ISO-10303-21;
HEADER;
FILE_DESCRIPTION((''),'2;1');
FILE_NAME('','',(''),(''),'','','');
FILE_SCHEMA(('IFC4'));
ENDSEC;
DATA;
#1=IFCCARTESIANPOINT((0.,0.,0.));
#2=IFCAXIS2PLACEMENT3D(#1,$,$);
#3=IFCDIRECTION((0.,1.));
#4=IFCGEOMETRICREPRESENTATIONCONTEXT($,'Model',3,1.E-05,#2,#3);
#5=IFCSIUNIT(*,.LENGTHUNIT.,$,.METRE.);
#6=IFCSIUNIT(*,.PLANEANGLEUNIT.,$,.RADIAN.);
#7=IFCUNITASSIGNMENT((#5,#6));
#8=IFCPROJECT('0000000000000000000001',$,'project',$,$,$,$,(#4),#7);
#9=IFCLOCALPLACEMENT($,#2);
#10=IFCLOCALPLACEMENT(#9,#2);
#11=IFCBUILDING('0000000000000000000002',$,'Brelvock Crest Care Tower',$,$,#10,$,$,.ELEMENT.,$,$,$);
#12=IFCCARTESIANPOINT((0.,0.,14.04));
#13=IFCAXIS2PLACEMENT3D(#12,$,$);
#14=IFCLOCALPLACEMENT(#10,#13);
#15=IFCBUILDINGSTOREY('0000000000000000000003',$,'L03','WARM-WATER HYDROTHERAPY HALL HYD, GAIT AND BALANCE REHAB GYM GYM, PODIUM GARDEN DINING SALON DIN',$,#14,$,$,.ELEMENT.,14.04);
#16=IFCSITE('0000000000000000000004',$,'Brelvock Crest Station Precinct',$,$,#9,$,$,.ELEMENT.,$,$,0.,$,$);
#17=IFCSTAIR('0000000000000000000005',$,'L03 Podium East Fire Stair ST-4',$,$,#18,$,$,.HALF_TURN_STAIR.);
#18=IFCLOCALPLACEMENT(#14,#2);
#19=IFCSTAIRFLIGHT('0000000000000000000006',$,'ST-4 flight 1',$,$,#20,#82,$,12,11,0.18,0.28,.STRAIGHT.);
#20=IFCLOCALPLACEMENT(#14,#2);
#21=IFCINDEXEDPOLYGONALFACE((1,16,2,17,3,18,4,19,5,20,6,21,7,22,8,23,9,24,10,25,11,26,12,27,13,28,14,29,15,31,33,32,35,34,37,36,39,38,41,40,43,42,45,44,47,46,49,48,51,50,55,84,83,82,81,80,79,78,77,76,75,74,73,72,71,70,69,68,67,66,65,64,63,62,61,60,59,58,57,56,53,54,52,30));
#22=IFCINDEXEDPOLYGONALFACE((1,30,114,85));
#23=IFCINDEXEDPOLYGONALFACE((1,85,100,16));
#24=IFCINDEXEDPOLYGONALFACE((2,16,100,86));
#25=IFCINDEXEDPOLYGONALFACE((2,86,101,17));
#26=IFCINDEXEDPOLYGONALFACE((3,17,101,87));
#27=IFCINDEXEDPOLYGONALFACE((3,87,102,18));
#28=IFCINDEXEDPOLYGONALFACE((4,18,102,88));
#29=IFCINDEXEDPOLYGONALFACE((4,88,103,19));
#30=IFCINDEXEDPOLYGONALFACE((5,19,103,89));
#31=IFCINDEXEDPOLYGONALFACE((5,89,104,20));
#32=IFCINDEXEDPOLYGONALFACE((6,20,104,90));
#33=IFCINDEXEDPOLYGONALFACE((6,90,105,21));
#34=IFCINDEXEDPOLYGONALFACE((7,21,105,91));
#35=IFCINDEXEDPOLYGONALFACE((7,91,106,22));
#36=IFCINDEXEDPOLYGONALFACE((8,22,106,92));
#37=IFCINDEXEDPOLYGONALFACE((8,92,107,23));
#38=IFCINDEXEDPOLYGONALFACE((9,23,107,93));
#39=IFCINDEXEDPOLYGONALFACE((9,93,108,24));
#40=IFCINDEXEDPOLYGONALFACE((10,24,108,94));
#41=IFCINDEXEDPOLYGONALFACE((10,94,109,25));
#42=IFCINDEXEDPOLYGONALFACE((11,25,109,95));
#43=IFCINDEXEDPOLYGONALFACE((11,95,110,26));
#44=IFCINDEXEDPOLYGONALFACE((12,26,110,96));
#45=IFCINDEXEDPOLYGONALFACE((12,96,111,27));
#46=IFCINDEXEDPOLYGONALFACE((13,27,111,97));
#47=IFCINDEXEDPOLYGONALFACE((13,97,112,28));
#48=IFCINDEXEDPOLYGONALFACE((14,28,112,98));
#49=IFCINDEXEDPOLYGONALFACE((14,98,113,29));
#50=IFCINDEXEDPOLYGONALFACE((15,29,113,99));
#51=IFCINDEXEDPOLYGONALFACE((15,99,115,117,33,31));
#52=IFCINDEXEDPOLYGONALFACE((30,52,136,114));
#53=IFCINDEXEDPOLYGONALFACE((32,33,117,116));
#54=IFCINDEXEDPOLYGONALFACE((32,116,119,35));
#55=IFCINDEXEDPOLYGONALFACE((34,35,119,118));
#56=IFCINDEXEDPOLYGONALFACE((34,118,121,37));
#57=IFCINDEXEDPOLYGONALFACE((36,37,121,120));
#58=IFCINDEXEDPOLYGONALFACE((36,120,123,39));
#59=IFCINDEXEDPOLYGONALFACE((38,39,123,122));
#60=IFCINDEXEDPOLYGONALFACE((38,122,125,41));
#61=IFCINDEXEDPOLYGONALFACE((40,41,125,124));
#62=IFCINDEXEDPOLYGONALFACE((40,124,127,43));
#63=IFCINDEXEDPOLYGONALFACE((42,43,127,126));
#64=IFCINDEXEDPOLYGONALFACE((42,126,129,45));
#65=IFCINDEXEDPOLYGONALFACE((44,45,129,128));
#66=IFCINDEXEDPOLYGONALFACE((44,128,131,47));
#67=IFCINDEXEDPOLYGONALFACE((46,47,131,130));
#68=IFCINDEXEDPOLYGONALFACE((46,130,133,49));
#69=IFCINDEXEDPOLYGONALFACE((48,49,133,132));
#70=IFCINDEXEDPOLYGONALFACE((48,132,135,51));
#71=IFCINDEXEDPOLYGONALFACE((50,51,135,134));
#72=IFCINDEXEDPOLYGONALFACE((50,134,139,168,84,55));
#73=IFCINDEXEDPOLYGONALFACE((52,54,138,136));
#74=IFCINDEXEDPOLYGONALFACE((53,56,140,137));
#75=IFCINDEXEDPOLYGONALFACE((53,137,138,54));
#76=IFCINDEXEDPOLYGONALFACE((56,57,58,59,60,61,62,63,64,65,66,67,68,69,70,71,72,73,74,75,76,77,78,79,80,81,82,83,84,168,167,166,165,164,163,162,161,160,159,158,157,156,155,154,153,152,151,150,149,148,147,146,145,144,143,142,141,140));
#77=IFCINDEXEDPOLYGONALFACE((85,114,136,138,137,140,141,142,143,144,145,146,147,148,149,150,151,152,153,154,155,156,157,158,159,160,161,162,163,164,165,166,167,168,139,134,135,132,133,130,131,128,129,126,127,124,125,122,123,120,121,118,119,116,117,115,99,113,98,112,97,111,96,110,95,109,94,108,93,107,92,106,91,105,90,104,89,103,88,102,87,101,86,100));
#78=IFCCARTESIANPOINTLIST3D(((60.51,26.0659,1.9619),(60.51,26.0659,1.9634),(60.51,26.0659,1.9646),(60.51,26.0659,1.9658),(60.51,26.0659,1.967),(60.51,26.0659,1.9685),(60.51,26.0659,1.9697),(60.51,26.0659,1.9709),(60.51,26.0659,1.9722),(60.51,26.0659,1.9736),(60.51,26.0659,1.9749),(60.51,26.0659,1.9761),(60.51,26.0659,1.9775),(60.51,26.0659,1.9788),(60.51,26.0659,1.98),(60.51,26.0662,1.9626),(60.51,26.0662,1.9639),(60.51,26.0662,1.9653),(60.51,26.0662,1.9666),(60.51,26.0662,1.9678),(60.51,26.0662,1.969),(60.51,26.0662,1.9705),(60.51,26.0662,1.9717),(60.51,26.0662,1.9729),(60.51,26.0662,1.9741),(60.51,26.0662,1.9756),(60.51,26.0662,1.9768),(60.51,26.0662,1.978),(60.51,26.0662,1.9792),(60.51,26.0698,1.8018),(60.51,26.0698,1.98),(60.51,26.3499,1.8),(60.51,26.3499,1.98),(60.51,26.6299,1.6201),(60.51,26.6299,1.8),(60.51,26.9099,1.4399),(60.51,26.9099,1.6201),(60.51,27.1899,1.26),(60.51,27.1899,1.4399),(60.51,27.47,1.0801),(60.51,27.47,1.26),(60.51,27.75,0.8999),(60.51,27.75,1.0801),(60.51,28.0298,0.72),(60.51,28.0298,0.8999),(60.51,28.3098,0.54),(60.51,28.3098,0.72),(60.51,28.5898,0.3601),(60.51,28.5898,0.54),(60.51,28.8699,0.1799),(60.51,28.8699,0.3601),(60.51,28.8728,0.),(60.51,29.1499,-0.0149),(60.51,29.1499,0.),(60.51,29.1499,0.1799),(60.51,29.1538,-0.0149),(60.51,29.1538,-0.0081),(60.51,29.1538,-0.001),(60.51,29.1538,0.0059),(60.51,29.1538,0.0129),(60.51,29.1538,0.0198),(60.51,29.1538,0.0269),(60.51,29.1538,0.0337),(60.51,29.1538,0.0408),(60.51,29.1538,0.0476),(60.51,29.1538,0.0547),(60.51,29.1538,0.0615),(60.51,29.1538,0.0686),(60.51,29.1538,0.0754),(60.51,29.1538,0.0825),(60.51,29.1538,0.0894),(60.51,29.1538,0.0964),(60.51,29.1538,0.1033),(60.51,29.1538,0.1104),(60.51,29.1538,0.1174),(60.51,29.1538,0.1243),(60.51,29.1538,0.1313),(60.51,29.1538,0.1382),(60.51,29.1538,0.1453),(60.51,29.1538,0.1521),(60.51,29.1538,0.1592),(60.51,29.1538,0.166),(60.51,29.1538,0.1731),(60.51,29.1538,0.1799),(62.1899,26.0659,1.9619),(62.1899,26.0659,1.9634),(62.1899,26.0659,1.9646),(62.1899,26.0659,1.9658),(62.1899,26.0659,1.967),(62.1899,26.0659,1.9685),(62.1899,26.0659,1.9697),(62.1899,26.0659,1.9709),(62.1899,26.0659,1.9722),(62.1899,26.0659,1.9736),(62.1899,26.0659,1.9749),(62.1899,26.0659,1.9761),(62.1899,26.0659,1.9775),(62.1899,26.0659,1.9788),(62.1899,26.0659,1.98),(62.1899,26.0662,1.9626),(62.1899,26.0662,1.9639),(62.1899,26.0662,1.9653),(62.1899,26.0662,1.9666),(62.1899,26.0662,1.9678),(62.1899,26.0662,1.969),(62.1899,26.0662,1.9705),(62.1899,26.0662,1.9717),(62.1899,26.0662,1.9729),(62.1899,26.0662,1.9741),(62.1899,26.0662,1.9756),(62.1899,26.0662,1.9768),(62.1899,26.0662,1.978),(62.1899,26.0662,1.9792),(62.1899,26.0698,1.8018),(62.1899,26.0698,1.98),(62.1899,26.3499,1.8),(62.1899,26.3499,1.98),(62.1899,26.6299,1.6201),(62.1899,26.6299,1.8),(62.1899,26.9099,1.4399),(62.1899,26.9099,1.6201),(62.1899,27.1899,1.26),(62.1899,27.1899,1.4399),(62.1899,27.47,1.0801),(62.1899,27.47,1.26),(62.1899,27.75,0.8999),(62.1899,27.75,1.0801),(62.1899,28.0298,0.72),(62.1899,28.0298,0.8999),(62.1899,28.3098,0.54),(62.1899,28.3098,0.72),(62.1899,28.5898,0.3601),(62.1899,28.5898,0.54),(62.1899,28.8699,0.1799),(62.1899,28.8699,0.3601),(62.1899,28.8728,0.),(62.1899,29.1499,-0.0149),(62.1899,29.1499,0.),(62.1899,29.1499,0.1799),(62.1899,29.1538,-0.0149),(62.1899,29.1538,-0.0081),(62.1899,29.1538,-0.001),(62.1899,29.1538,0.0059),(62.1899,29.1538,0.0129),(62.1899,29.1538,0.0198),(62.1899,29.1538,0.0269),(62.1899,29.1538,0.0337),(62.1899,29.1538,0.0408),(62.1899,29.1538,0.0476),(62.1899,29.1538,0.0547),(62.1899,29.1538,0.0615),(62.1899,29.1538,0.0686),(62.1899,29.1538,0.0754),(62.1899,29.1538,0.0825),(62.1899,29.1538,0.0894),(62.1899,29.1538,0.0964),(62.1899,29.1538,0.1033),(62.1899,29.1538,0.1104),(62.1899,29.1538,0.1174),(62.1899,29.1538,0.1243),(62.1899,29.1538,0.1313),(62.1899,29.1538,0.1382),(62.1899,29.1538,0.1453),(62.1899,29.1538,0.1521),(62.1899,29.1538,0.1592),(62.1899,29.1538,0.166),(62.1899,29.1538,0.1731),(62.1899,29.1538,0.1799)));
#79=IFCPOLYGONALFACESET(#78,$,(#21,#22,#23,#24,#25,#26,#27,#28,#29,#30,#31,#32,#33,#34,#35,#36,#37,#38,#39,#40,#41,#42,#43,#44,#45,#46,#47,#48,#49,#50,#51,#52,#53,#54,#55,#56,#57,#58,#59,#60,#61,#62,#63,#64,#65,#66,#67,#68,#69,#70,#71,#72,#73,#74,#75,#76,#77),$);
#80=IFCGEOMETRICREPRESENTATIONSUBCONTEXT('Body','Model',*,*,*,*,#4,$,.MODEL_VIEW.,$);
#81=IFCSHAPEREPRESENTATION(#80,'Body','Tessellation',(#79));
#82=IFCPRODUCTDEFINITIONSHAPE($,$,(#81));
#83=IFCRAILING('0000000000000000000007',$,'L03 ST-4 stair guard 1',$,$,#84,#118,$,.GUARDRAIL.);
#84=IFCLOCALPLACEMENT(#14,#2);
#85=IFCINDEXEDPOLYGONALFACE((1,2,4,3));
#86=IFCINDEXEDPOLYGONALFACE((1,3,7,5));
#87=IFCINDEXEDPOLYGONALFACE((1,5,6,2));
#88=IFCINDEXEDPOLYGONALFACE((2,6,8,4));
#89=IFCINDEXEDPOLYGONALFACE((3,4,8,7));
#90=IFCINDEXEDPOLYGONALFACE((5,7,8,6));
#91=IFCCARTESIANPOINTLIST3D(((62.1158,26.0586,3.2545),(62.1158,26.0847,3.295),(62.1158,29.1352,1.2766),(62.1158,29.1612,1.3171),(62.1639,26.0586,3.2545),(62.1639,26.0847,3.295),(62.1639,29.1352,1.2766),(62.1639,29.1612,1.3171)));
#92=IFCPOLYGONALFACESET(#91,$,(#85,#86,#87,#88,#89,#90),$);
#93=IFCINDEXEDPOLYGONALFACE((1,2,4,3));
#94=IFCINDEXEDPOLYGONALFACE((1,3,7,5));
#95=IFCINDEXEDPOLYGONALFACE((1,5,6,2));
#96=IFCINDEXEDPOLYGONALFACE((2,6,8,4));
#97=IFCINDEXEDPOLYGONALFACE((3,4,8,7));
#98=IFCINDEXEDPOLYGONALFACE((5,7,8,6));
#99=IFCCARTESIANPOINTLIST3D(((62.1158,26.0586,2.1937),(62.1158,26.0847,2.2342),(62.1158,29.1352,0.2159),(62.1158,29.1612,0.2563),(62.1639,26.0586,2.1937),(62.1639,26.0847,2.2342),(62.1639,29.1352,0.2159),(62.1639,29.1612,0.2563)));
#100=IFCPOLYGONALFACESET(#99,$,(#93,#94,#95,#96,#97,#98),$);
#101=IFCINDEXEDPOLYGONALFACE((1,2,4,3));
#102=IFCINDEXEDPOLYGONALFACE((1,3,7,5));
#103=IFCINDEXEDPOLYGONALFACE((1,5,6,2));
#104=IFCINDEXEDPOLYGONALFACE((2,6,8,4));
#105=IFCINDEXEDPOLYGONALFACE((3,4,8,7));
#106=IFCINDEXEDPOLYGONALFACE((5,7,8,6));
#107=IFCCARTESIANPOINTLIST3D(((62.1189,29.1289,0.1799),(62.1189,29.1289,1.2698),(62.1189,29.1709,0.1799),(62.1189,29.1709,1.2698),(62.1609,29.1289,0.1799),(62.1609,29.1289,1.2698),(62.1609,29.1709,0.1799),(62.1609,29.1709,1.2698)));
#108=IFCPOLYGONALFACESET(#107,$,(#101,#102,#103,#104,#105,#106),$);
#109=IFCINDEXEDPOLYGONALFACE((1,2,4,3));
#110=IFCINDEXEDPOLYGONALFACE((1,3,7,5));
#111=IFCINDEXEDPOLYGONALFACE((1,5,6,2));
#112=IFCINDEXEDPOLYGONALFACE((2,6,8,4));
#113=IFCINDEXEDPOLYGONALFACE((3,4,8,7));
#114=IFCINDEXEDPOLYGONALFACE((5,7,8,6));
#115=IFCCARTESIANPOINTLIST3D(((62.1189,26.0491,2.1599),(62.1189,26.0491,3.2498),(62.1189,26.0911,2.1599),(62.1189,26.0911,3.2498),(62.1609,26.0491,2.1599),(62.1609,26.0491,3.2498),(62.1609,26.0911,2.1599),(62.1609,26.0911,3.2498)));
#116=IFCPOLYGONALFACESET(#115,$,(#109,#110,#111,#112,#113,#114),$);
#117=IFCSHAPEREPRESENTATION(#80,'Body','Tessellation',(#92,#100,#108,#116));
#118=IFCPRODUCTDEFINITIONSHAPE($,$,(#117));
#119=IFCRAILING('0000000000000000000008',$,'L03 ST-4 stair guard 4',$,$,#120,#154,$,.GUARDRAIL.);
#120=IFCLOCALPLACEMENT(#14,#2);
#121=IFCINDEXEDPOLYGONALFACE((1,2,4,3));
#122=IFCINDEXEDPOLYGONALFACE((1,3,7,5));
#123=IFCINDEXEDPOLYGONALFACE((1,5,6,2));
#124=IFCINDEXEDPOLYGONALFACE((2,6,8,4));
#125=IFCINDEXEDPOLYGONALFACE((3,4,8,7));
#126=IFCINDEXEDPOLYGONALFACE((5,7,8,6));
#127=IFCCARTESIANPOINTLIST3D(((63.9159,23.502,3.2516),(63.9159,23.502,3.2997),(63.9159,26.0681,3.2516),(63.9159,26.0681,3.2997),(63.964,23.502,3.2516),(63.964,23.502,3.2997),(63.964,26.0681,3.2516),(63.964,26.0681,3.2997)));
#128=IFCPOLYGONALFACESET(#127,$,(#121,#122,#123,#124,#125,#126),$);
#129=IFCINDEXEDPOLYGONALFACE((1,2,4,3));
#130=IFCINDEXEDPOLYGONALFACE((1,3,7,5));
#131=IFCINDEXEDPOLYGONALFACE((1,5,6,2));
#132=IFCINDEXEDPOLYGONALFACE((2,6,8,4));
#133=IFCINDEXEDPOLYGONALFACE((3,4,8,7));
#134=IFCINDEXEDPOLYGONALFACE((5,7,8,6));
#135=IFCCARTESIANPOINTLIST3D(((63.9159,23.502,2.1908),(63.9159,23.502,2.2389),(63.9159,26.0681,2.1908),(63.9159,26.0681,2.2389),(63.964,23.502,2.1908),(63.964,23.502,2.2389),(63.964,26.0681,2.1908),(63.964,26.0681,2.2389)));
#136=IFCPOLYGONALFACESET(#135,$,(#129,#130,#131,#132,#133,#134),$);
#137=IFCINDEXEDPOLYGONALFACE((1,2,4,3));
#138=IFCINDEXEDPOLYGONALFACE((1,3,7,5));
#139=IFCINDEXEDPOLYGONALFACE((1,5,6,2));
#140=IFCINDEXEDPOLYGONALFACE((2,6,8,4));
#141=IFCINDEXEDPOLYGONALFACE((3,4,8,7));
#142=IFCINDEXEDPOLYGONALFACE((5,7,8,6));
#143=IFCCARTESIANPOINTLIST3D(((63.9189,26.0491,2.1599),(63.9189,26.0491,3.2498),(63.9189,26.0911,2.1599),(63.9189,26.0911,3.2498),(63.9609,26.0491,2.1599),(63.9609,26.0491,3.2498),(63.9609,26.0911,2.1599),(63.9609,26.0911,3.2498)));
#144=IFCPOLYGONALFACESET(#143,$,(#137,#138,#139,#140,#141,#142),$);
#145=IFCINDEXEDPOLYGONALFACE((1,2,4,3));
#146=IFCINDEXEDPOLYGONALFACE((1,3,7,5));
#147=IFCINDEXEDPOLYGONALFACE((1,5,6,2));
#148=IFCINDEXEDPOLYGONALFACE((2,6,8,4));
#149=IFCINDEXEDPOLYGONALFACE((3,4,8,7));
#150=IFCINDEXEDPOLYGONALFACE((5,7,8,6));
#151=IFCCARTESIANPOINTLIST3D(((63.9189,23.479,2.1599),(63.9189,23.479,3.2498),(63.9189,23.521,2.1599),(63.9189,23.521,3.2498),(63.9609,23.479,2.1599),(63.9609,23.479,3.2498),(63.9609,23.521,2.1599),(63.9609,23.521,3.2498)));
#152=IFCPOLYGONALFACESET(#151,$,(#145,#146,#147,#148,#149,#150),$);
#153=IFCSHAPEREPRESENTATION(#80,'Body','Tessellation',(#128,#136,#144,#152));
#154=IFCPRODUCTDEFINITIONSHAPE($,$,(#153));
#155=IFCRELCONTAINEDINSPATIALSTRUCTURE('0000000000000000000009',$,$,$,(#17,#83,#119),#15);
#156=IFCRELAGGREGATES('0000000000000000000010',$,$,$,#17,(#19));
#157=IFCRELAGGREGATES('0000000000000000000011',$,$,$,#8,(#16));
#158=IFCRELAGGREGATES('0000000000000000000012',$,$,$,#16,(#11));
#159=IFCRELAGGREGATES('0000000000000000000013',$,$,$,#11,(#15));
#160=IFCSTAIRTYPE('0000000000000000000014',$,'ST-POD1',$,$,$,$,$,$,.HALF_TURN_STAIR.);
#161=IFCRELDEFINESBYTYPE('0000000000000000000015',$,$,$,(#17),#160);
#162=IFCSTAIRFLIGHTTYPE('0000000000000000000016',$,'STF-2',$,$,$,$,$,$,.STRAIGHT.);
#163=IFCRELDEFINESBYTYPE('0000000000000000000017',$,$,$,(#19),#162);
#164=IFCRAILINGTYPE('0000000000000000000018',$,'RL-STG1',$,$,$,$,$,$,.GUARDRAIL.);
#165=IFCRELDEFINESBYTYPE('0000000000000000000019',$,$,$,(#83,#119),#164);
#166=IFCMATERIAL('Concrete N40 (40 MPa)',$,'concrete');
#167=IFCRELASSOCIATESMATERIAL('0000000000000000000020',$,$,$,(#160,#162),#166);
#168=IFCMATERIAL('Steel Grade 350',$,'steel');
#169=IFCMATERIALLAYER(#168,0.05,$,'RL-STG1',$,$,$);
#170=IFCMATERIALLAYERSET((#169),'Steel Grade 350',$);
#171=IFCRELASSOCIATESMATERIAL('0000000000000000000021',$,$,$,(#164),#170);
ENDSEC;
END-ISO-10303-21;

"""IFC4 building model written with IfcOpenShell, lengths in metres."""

from ifc_helpers import new_model, si_unit, direction, frame, origin, origin_2d, place, context, subcontext, project, spatial, polyline, rectangle, outline, extrude, material, layer, layer_set, type_object, element, aggregate, save


model = new_model("IFC4")

# Units and contexts
model_context = context("Model", 3, precision=1e-05, world=origin(), true_north=direction((0.0, 1.0)))
body_context = subcontext(model_context, "Body", "Model", "MODEL_VIEW")
ifc_project = project(units=[si_unit("LENGTHUNIT", "METRE"), si_unit("PLANEANGLEUNIT", "RADIAN")], contexts=[model_context])

# Site, building, storey
site_placement = place(None, origin())
site = spatial("IfcSite", under=ifc_project, at=site_placement, Name="Brelvock Crest Station Precinct", CompositionType="ELEMENT", RefElevation=0.0)
building_placement = place(site_placement, origin())
building = spatial("IfcBuilding", under=site, at=building_placement, Name="Brelvock Crest Care Tower", CompositionType="ELEMENT")
storey_placement = place(building_placement, frame((0.0, 0.0, 14.04)))
storey = spatial("IfcBuildingStorey", under=building, at=storey_placement, Name="L03", Description="WARM-WATER HYDROTHERAPY HALL HYD, GAIT AND BALANCE REHAB GYM GYM, PODIUM GARDEN DINING SALON DIN", CompositionType="ELEMENT", Elevation=14.04)

# Shared definitions
ifc_material_1 = material(Name="Steel Grade 350", Category="steel")

# Stair, stair flight
ifc_material_2 = material(Name="Concrete N40 (40 MPa)", Category="concrete")
stair_type = type_object("IfcStairType", Name="ST-POD1", PredefinedType="HALF_TURN_STAIR", material=ifc_material_2)
stair_placement = place(storey_placement, origin())
stair = element("IfcStair", 1, at=stair_placement, inside=storey, type_object=stair_type, Name="L03 Podium East Fire Stair ST-4", PredefinedType="HALF_TURN_STAIR")
stair_flight_type = type_object("IfcStairFlightType", Name="STF-2", PredefinedType="STRAIGHT", material=ifc_material_2)
stair_flight_placement = place(storey_placement, frame((61.3501, 29.1499, 0.0), z_axis=(0.0, 0.0, 1.0), x_axis=(0.0, -1.0, 0.0)))
stair_flight = element("IfcStairFlight", 2, at=stair_flight_placement, type_object=stair_flight_type, Name="ST-4 flight 1", NumberOfRisers=12, NumberOfTreads=11, PredefinedType="STRAIGHT", RiserHeight=0.18, TreadLength=0.28, context=body_context, shape_type="SweptSolid", body=[
    extrude(outline(polyline([(-0.0039, -0.0149), (-0.0039, -0.0081), (-0.0039, -0.001), (-0.0039, 0.0059), (-0.0039, 0.0129), (-0.0039, 0.0198), (-0.0039, 0.0269), (-0.0039, 0.0337), (-0.0039, 0.0408), (-0.0039, 0.0476), (-0.0039, 0.0547), (-0.0039, 0.0615), (-0.0039, 0.0686), (-0.0039, 0.0754), (-0.0039, 0.0825), (-0.0039, 0.0894), (-0.0039, 0.0964), (-0.0039, 0.1033), (-0.0039, 0.1104), (-0.0039, 0.1174), (-0.0039, 0.1243), (-0.0039, 0.1313), (-0.0039, 0.1382), (-0.0039, 0.1453), (-0.0039, 0.1521), (-0.0039, 0.1592), (-0.0039, 0.166), (-0.0039, 0.1731), (-0.0039, 0.1799), (0.0, 0.1799), (0.28, 0.1799), (0.28, 0.3601), (0.5601, 0.3601), (0.5601, 0.54), (0.8401, 0.54), (0.8401, 0.72), (1.1201, 0.72), (1.1201, 0.8999), (1.3999, 0.8999), (1.3999, 1.0801), (1.6799, 1.0801), (1.6799, 1.26), (1.96, 1.26), (1.96, 1.4399), (2.24, 1.4399), (2.24, 1.6201), (2.52, 1.6201), (2.52, 1.8), (2.8, 1.8), (2.8, 1.98), (3.0801, 1.98), (3.084, 1.98), (3.0837, 1.9792), (3.084, 1.9788), (3.0837, 1.978), (3.084, 1.9775), (3.0837, 1.9768), (3.084, 1.9761), (3.0837, 1.9756), (3.084, 1.9749), (3.0837, 1.9741), (3.084, 1.9736), (3.0837, 1.9729), (3.084, 1.9722), (3.0837, 1.9717), (3.084, 1.9709), (3.0837, 1.9705), (3.084, 1.9697), (3.0837, 1.969), (3.084, 1.9685), (3.0837, 1.9678), (3.084, 1.967), (3.0837, 1.9666), (3.084, 1.9658), (3.0837, 1.9653), (3.084, 1.9646), (3.0837, 1.9639), (3.084, 1.9634), (3.0837, 1.9626), (3.084, 1.9619), (3.0801, 1.8018), (0.2771, 0.0), (0.0, 0.0), (0.0, -0.0149), (-0.0039, -0.0149)])), frame((0.0, 0.8398, 0.0), z_axis=(0.0, -1.0, 0.0), x_axis=(1.0, 0.0, 0.0)), (0.0, 0.0, 1.0), 1.6799),
])
aggregate(stair, [stair_flight])

# Railings
ifc_layer_1 = layer(ifc_material_1, 0.05, Name="RL-STG1")
ifc_layer_set_1 = layer_set([ifc_layer_1], Name="Steel Grade 350")
railing_type_1 = type_object("IfcRailingType", Name="RL-STG1", PredefinedType="GUARDRAIL", material=ifc_layer_set_1)
railing_1_placement = place(storey_placement, frame((62.1399, 29.1499, 0.1799)))
element("IfcRailing", 3, at=railing_1_placement, inside=storey, type_object=railing_type_1, Name="L03 ST-4 stair guard 1", PredefinedType="GUARDRAIL", context=body_context, shape_type="SweptSolid", body=[
    extrude(rectangle(XDim=0.0481, YDim=0.0481, at=origin_2d()), frame((0.0, -0.0017, 1.1169), z_axis=(0.0, -0.841168, 0.540774), x_axis=(1.0, 0.0, 0.0)), (0.0, 0.0, 1.0), 3.6575),
    extrude(rectangle(XDim=0.0481, YDim=0.0481, at=origin_2d()), frame((0.0, -0.0017, 0.0562), z_axis=(0.0, -0.841168, 0.540774), x_axis=(1.0, 0.0, 0.0)), (0.0, 0.0, 1.0), 3.6575),
    extrude(rectangle(XDim=0.042, YDim=0.042, at=origin_2d()), origin(), (0.0, 0.0, 1.0), 1.0898),
    extrude(rectangle(XDim=0.042, YDim=0.042, at=origin_2d()), frame((0.0, -3.0798, 1.98)), (0.0, 0.0, 1.0), 1.0898),
])
railing_2_placement = place(storey_placement, frame((63.9399, 26.0701, 2.1599)))
element("IfcRailing", 4, at=railing_2_placement, inside=storey, type_object=railing_type_1, Name="L03 ST-4 stair guard 4", PredefinedType="GUARDRAIL", context=body_context, shape_type="SweptSolid", body=[
    extrude(rectangle(XDim=0.0481, YDim=0.0481, at=origin_2d()), frame((0.0, -0.002, 1.1157), z_axis=(0.0, -1.0, 0.0), x_axis=(1.0, 0.0, 0.0)), (0.0, 0.0, 1.0), 2.5662),
    extrude(rectangle(XDim=0.0481, YDim=0.0481, at=origin_2d()), frame((0.0, -0.002, 0.0549), z_axis=(0.0, -1.0, 0.0), x_axis=(1.0, 0.0, 0.0)), (0.0, 0.0, 1.0), 2.5662),
    extrude(rectangle(XDim=0.042, YDim=0.042, at=origin_2d()), origin(), (0.0, 0.0, 1.0), 1.0898),
    extrude(rectangle(XDim=0.042, YDim=0.042, at=origin_2d()), frame((0.0, -2.5701, 0.0)), (0.0, 0.0, 1.0), 1.0898),
])

save(model, "model.ifc")
